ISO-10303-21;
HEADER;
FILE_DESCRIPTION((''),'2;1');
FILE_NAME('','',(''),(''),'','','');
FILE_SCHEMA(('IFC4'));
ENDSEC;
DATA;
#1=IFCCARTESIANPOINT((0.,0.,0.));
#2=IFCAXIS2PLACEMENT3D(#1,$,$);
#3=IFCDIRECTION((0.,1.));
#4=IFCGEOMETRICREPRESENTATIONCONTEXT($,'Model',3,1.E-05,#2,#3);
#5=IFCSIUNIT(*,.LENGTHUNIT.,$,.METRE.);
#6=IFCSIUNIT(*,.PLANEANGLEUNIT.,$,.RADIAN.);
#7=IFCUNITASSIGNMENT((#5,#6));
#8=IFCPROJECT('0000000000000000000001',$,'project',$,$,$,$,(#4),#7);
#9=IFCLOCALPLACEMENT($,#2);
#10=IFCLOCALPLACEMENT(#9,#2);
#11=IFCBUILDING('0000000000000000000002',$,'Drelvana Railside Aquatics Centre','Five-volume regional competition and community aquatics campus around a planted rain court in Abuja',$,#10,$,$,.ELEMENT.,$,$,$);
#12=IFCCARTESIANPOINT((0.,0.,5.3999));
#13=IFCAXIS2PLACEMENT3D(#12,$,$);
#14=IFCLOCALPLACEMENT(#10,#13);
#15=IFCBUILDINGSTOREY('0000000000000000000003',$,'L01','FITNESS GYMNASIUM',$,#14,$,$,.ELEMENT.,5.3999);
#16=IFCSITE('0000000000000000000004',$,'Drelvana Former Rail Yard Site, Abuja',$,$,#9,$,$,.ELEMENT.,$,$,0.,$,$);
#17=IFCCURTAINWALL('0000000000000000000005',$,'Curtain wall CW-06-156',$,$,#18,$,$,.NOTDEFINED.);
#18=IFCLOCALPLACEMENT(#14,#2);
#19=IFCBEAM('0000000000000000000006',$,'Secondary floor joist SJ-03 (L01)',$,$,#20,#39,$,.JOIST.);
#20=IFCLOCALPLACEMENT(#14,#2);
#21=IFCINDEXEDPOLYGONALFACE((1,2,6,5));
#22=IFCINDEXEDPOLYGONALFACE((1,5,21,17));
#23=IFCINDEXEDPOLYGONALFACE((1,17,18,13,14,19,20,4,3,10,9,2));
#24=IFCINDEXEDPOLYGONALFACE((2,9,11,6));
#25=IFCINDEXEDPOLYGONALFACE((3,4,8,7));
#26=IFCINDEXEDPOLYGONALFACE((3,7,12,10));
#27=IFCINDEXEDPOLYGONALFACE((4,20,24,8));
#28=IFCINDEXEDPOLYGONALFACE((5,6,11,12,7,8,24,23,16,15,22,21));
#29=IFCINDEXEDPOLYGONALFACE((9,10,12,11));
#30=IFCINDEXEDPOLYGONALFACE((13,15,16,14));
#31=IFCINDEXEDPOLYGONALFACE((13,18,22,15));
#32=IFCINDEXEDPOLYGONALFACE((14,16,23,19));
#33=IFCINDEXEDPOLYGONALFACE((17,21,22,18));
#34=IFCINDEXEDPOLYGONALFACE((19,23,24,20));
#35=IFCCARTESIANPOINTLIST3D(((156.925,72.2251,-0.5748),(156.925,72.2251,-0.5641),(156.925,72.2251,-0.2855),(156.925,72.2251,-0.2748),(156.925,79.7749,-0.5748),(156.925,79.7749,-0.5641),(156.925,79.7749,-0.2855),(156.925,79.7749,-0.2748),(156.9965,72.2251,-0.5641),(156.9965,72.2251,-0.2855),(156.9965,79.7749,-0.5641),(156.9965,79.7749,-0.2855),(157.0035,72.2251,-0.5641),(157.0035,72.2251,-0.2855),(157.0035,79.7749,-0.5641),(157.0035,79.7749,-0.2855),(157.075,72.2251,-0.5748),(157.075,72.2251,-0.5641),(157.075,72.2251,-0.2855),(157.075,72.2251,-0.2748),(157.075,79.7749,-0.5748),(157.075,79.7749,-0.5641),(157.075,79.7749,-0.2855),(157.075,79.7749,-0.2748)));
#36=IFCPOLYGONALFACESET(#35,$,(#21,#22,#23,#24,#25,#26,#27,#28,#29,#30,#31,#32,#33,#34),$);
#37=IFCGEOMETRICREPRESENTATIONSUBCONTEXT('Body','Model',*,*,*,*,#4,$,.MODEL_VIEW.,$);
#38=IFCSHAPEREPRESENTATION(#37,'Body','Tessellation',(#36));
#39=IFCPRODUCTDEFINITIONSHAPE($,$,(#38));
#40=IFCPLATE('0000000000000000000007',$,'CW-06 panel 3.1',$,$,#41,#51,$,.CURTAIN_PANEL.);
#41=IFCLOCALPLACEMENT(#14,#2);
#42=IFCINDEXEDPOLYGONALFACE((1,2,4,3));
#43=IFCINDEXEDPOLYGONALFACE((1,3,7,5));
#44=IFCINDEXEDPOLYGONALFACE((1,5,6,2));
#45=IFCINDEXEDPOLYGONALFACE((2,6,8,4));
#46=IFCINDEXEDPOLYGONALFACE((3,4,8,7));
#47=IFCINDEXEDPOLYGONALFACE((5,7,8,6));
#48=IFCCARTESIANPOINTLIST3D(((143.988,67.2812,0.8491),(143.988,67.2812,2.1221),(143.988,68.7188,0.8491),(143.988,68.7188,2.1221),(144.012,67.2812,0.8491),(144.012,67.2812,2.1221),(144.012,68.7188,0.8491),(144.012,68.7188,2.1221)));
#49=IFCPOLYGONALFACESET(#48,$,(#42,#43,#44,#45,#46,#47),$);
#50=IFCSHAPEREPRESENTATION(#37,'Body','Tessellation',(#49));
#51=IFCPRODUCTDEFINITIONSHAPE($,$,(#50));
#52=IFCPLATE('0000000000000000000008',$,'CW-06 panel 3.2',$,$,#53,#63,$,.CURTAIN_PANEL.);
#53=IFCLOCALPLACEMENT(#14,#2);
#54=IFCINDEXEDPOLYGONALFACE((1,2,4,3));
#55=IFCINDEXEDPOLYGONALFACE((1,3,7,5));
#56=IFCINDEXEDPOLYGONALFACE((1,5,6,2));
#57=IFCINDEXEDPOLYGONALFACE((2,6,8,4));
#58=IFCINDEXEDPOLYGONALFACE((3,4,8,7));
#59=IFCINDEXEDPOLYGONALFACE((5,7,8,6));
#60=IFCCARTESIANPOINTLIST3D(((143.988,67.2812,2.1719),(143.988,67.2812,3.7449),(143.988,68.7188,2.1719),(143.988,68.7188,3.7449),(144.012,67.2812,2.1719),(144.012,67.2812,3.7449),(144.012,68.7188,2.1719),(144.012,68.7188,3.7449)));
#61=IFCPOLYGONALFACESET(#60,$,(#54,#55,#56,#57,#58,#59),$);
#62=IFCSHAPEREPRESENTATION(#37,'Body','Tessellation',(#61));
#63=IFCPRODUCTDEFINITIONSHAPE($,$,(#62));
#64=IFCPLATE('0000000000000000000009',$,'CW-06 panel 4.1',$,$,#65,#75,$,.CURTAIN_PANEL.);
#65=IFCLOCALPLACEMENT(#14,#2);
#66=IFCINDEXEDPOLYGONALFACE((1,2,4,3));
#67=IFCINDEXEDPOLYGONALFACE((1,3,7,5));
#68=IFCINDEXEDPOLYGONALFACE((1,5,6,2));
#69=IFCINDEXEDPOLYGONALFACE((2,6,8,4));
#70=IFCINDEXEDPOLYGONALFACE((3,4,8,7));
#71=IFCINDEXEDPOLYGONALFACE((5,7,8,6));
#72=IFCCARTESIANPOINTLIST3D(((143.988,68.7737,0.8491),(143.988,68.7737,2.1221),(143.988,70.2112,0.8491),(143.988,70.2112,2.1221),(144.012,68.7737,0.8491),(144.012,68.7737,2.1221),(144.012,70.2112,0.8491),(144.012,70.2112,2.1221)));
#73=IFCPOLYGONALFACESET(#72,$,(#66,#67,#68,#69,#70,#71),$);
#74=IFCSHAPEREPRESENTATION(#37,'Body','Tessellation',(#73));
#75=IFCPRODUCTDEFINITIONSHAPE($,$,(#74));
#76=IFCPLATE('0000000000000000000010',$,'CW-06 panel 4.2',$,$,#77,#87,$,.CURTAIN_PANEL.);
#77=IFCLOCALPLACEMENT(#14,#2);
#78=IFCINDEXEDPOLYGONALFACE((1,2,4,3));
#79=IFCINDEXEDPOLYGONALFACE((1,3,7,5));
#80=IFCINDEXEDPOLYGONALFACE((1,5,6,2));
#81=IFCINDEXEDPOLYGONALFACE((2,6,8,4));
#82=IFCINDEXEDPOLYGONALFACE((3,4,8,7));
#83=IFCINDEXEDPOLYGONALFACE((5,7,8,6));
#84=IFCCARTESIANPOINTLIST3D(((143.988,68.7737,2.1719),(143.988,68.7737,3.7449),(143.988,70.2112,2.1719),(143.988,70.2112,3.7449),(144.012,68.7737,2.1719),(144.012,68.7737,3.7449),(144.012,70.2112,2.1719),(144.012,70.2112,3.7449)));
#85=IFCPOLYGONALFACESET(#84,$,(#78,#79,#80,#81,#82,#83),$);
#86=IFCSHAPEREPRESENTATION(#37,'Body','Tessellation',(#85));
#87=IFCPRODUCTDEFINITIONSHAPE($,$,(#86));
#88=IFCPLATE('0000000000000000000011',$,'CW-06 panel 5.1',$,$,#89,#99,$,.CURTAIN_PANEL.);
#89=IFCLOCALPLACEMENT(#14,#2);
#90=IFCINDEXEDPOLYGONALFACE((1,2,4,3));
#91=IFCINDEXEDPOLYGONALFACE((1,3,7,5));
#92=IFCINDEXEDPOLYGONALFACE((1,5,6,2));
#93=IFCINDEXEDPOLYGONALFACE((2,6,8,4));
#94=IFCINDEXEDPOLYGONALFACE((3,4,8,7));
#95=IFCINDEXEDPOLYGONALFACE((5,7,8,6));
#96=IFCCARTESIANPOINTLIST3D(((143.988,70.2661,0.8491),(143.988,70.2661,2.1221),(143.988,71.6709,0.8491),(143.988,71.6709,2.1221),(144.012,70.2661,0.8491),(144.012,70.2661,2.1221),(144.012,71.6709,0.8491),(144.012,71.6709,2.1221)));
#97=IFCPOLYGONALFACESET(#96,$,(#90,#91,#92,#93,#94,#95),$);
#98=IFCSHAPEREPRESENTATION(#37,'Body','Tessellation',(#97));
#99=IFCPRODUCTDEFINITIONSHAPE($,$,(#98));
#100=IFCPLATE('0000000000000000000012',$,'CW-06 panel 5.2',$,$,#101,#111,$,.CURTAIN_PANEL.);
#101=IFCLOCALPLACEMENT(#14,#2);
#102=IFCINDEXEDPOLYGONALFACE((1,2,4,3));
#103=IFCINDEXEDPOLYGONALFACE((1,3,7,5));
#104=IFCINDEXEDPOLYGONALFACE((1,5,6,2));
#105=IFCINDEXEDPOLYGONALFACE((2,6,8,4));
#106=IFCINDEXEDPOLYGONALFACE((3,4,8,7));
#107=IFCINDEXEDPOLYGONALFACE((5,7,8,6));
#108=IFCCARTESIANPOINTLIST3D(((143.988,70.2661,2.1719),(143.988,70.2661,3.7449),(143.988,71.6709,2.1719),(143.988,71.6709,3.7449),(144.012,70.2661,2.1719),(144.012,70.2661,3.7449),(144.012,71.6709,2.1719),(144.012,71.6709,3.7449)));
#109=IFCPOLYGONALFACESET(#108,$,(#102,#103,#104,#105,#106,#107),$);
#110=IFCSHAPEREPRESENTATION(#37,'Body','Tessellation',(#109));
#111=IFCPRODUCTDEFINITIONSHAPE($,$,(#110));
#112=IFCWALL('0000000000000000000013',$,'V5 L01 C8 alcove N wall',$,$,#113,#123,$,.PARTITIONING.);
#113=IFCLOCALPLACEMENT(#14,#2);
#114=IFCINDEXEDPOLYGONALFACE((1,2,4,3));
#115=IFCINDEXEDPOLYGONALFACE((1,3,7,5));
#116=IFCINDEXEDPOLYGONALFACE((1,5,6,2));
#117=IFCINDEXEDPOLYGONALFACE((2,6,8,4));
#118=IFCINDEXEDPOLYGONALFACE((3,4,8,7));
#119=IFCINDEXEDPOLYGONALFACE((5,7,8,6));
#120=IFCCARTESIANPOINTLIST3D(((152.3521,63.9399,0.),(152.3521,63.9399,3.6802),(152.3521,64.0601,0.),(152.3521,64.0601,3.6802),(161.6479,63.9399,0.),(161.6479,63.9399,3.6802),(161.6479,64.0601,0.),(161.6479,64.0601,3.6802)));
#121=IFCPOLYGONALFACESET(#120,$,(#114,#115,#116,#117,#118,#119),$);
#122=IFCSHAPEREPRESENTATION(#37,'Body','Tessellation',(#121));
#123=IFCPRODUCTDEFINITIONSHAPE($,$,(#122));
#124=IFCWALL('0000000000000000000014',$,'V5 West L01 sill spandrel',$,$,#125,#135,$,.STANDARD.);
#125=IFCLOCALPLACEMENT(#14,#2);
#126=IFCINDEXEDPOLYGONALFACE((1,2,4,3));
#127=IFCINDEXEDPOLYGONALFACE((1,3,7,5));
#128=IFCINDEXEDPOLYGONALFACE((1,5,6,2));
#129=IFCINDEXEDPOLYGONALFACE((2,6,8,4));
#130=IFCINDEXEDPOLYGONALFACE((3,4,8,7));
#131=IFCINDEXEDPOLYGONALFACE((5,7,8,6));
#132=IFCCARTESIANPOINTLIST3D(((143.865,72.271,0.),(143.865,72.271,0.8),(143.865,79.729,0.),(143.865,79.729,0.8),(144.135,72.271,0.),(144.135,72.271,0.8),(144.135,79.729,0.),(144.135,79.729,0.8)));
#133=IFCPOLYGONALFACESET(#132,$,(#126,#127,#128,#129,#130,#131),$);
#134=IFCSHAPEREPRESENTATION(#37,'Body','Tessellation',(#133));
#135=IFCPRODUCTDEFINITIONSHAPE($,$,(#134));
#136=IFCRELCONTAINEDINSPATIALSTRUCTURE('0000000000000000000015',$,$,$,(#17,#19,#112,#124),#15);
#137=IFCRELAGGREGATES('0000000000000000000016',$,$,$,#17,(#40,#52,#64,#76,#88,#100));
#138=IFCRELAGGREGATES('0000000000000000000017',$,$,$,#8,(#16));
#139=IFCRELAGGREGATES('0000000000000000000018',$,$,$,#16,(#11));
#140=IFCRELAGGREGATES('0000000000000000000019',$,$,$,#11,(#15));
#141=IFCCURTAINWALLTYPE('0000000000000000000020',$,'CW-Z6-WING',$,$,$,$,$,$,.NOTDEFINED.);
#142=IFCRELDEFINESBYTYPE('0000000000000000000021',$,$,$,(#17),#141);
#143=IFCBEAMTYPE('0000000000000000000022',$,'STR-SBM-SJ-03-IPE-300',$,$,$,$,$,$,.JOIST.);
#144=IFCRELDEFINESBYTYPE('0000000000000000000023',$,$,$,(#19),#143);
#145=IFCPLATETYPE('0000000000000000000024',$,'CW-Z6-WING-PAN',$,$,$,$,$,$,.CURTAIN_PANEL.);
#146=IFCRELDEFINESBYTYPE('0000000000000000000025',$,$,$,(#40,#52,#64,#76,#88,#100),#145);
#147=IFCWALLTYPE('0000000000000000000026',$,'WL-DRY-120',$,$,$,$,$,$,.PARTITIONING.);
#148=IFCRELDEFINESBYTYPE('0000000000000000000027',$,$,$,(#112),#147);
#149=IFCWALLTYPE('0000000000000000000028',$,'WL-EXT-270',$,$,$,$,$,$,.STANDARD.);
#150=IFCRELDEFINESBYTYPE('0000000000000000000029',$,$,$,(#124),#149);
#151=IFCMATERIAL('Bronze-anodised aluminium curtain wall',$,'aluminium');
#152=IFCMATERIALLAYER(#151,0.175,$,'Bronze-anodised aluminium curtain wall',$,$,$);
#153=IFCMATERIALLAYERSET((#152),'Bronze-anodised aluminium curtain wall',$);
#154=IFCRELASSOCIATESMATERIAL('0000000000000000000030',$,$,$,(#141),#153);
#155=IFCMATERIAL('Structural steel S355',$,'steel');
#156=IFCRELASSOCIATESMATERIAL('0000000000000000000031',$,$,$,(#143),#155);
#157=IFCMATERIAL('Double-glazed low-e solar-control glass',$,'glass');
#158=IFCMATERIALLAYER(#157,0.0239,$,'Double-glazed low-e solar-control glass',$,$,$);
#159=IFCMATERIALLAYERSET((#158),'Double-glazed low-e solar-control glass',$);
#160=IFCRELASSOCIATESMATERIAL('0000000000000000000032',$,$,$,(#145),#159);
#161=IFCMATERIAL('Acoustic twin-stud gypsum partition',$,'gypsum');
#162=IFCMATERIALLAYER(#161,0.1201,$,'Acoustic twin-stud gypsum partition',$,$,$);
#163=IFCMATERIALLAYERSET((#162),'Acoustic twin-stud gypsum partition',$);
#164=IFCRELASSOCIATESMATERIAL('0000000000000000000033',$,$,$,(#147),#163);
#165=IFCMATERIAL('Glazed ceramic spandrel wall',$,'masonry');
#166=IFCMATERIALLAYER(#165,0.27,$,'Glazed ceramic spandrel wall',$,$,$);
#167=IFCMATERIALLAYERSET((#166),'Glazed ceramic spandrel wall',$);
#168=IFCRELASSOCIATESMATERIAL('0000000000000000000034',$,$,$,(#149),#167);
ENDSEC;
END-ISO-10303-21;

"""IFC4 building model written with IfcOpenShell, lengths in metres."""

from ifc_helpers import new_model, si_unit, direction, frame, frame_2d, origin, origin_2d, place, context, subcontext, project, spatial, rectangle, i_section, extrude, material, layer, layer_set, material_profile, profile_set, type_object, element, aggregate, save


model = new_model("IFC4")

# Units and contexts
model_context = context("Model", 3, precision=1e-05, world=origin(), true_north=direction((0.0, 1.0)))
body_context = subcontext(model_context, "Body", "Model", "MODEL_VIEW")
ifc_project = project(units=[si_unit("LENGTHUNIT", "METRE"), si_unit("PLANEANGLEUNIT", "RADIAN")], contexts=[model_context])

# Site, building, storey
site_placement = place(None, origin())
site = spatial("IfcSite", under=ifc_project, at=site_placement, Name="Drelvana Former Rail Yard Site, Abuja", CompositionType="ELEMENT", RefElevation=0.0)
building_placement = place(site_placement, origin())
building = spatial("IfcBuilding", under=site, at=building_placement, Name="Drelvana Railside Aquatics Centre", Description="Five-volume regional competition and community aquatics campus around a planted rain court in Abuja", CompositionType="ELEMENT")
storey_placement = place(building_placement, frame((0.0, 0.0, 5.3999)))
storey = spatial("IfcBuildingStorey", under=building, at=storey_placement, Name="L01", Description="FITNESS GYMNASIUM", CompositionType="ELEMENT", Elevation=5.3999)

# Curtain wall
ifc_material_1 = material(Name="Bronze-anodised aluminium curtain wall", Category="aluminium")
ifc_layer_1 = layer(ifc_material_1, 0.175, Name="Bronze-anodised aluminium curtain wall")
ifc_layer_set_1 = layer_set([ifc_layer_1], Name="Bronze-anodised aluminium curtain wall")
curtain_wall_type = type_object("IfcCurtainWallType", Name="CW-Z6-WING", PredefinedType="NOTDEFINED", material=ifc_layer_set_1)
curtain_wall_1_placement = place(storey_placement, origin())
curtain_wall_1 = element("IfcCurtainWall", 1, at=curtain_wall_1_placement, inside=storey, type_object=curtain_wall_type, Name="Curtain wall CW-06-156", PredefinedType="NOTDEFINED")

# Beam
ifc_material_2 = material(Name="Structural steel S355", Category="steel")
ifc_material_profile_1 = material_profile(ifc_material_2, i_section(OverallWidth=0.1499, OverallDepth=0.3, WebThickness=0.0071, FlangeThickness=0.0107, at=origin_2d()), Name="IPE 300")
ifc_profile_set_1 = profile_set([ifc_material_profile_1], Name="Structural steel S355")
beam_type_1 = type_object("IfcBeamType", Name="STR-SBM-SJ-03-IPE-300", PredefinedType="JOIST", material=ifc_profile_set_1)
for number, where, z_axis, x_axis, name in (
    (2, (157.0, 72.2251, -0.4248), (0.0, 1.0, 0.0), (-1.0, 0.0, 0.0), "Secondary floor joist SJ-03 (L01)"),
):
    element("IfcBeam", number, at=place(storey_placement, frame(where, z_axis=z_axis, x_axis=x_axis)), inside=storey, type_object=beam_type_1, Name=name, PredefinedType="JOIST", context=body_context, shape_type="SweptSolid", body=[
        extrude(i_section(OverallWidth=0.1499, OverallDepth=0.3, WebThickness=0.0071, FlangeThickness=0.0107, at=origin_2d()), origin(), (0.0, 0.0, 1.0), 7.5498),
    ])

# Plates
ifc_material_3 = material(Name="Double-glazed low-e solar-control glass", Category="glass")
ifc_layer_2 = layer(ifc_material_3, 0.0239, Name="Double-glazed low-e solar-control glass")
ifc_layer_set_2 = layer_set([ifc_layer_2], Name="Double-glazed low-e solar-control glass")
plate_type = type_object("IfcPlateType", Name="CW-Z6-WING-PAN", PredefinedType="CURTAIN_PANEL", material=ifc_layer_set_2)
plate_1_placement = place(storey_placement, frame((144.0, 68.0, 0.8491), z_axis=(0.0, 0.0, 1.0), x_axis=(0.0, 1.0, 0.0)))
plate_1 = element("IfcPlate", 3, at=plate_1_placement, type_object=plate_type, Name="CW-06 panel 3.1", PredefinedType="CURTAIN_PANEL", context=body_context, shape_type="SweptSolid", body=[
    extrude(rectangle(XDim=1.4375, YDim=0.0239, at=origin_2d()), origin(), (0.0, 0.0, 1.0), 1.2729),
])
plate_2_placement = place(storey_placement, frame((144.0, 68.0, 2.1719), z_axis=(0.0, 0.0, 1.0), x_axis=(0.0, 1.0, 0.0)))
plate_2 = element("IfcPlate", 4, at=plate_2_placement, type_object=plate_type, Name="CW-06 panel 3.2", PredefinedType="CURTAIN_PANEL", context=body_context, shape_type="SweptSolid", body=[
    extrude(rectangle(XDim=1.4375, YDim=0.0239, at=origin_2d()), origin(), (0.0, 0.0, 1.0), 1.573),
])
plate_3_placement = place(storey_placement, frame((144.0, 69.4924, 0.8491), z_axis=(0.0, 0.0, 1.0), x_axis=(0.0, 1.0, 0.0)))
plate_3 = element("IfcPlate", 5, at=plate_3_placement, type_object=plate_type, Name="CW-06 panel 4.1", PredefinedType="CURTAIN_PANEL", context=body_context, shape_type="SweptSolid", body=[
    extrude(rectangle(XDim=1.4375, YDim=0.0239, at=origin_2d()), origin(), (0.0, 0.0, 1.0), 1.2729),
])
plate_4_placement = place(storey_placement, frame((144.0, 69.4924, 2.1719), z_axis=(0.0, 0.0, 1.0), x_axis=(0.0, 1.0, 0.0)))
plate_4 = element("IfcPlate", 6, at=plate_4_placement, type_object=plate_type, Name="CW-06 panel 4.2", PredefinedType="CURTAIN_PANEL", context=body_context, shape_type="SweptSolid", body=[
    extrude(rectangle(XDim=1.4375, YDim=0.0239, at=origin_2d()), origin(), (0.0, 0.0, 1.0), 1.573),
])
plate_5_placement = place(storey_placement, frame((144.0, 70.9685, 0.8491), z_axis=(0.0, 0.0, 1.0), x_axis=(0.0, 1.0, 0.0)))
plate_5 = element("IfcPlate", 7, at=plate_5_placement, type_object=plate_type, Name="CW-06 panel 5.1", PredefinedType="CURTAIN_PANEL", context=body_context, shape_type="SweptSolid", body=[
    extrude(rectangle(XDim=1.4048, YDim=0.0239, at=origin_2d()), origin(), (0.0, 0.0, 1.0), 1.2729),
])
plate_6_placement = place(storey_placement, frame((144.0, 70.9685, 2.1719), z_axis=(0.0, 0.0, 1.0), x_axis=(0.0, 1.0, 0.0)))
plate_6 = element("IfcPlate", 8, at=plate_6_placement, type_object=plate_type, Name="CW-06 panel 5.2", PredefinedType="CURTAIN_PANEL", context=body_context, shape_type="SweptSolid", body=[
    extrude(rectangle(XDim=1.4048, YDim=0.0239, at=origin_2d()), origin(), (0.0, 0.0, 1.0), 1.573),
])
aggregate(curtain_wall_1, [plate_1, plate_2, plate_3, plate_4, plate_5, plate_6])

# Walls
ifc_material_4 = material(Name="Acoustic twin-stud gypsum partition", Category="gypsum")
ifc_layer_3 = layer(ifc_material_4, 0.1201, Name="Acoustic twin-stud gypsum partition")
ifc_layer_set_3 = layer_set([ifc_layer_3], Name="Acoustic twin-stud gypsum partition")
wall_type_1 = type_object("IfcWallType", Name="WL-DRY-120", PredefinedType="PARTITIONING", material=ifc_layer_set_3)
wall_1_placement = place(storey_placement, frame((152.3521, 64.0, 0.0), z_axis=(0.0, 0.0, 1.0), x_axis=(1.0, 0.0, 0.0)))
element("IfcWall", 9, at=wall_1_placement, inside=storey, type_object=wall_type_1, Name="V5 L01 C8 alcove N wall", PredefinedType="PARTITIONING", context=body_context, shape_type="SweptSolid", body=[
    extrude(rectangle(XDim=9.2959, YDim=0.1201, at=frame_2d((4.6479, 0.0))), origin(), (0.0, 0.0, 1.0), 3.6802),
])
ifc_material_5 = material(Name="Glazed ceramic spandrel wall", Category="masonry")
ifc_layer_4 = layer(ifc_material_5, 0.27, Name="Glazed ceramic spandrel wall")
ifc_layer_set_4 = layer_set([ifc_layer_4], Name="Glazed ceramic spandrel wall")
wall_type_2 = type_object("IfcWallType", Name="WL-EXT-270", PredefinedType="STANDARD", material=ifc_layer_set_4)
wall_2_placement = place(storey_placement, frame((144.0, 72.271, 0.0), z_axis=(0.0, 0.0, 1.0), x_axis=(0.0, 1.0, 0.0)))
element("IfcWall", 10, at=wall_2_placement, inside=storey, type_object=wall_type_2, Name="V5 West L01 sill spandrel", PredefinedType="STANDARD", context=body_context, shape_type="SweptSolid", body=[
    extrude(rectangle(XDim=7.458, YDim=0.27, at=frame_2d((3.729, 0.0))), origin(), (0.0, 0.0, 1.0), 0.8),
])

save(model, "model.ifc")
